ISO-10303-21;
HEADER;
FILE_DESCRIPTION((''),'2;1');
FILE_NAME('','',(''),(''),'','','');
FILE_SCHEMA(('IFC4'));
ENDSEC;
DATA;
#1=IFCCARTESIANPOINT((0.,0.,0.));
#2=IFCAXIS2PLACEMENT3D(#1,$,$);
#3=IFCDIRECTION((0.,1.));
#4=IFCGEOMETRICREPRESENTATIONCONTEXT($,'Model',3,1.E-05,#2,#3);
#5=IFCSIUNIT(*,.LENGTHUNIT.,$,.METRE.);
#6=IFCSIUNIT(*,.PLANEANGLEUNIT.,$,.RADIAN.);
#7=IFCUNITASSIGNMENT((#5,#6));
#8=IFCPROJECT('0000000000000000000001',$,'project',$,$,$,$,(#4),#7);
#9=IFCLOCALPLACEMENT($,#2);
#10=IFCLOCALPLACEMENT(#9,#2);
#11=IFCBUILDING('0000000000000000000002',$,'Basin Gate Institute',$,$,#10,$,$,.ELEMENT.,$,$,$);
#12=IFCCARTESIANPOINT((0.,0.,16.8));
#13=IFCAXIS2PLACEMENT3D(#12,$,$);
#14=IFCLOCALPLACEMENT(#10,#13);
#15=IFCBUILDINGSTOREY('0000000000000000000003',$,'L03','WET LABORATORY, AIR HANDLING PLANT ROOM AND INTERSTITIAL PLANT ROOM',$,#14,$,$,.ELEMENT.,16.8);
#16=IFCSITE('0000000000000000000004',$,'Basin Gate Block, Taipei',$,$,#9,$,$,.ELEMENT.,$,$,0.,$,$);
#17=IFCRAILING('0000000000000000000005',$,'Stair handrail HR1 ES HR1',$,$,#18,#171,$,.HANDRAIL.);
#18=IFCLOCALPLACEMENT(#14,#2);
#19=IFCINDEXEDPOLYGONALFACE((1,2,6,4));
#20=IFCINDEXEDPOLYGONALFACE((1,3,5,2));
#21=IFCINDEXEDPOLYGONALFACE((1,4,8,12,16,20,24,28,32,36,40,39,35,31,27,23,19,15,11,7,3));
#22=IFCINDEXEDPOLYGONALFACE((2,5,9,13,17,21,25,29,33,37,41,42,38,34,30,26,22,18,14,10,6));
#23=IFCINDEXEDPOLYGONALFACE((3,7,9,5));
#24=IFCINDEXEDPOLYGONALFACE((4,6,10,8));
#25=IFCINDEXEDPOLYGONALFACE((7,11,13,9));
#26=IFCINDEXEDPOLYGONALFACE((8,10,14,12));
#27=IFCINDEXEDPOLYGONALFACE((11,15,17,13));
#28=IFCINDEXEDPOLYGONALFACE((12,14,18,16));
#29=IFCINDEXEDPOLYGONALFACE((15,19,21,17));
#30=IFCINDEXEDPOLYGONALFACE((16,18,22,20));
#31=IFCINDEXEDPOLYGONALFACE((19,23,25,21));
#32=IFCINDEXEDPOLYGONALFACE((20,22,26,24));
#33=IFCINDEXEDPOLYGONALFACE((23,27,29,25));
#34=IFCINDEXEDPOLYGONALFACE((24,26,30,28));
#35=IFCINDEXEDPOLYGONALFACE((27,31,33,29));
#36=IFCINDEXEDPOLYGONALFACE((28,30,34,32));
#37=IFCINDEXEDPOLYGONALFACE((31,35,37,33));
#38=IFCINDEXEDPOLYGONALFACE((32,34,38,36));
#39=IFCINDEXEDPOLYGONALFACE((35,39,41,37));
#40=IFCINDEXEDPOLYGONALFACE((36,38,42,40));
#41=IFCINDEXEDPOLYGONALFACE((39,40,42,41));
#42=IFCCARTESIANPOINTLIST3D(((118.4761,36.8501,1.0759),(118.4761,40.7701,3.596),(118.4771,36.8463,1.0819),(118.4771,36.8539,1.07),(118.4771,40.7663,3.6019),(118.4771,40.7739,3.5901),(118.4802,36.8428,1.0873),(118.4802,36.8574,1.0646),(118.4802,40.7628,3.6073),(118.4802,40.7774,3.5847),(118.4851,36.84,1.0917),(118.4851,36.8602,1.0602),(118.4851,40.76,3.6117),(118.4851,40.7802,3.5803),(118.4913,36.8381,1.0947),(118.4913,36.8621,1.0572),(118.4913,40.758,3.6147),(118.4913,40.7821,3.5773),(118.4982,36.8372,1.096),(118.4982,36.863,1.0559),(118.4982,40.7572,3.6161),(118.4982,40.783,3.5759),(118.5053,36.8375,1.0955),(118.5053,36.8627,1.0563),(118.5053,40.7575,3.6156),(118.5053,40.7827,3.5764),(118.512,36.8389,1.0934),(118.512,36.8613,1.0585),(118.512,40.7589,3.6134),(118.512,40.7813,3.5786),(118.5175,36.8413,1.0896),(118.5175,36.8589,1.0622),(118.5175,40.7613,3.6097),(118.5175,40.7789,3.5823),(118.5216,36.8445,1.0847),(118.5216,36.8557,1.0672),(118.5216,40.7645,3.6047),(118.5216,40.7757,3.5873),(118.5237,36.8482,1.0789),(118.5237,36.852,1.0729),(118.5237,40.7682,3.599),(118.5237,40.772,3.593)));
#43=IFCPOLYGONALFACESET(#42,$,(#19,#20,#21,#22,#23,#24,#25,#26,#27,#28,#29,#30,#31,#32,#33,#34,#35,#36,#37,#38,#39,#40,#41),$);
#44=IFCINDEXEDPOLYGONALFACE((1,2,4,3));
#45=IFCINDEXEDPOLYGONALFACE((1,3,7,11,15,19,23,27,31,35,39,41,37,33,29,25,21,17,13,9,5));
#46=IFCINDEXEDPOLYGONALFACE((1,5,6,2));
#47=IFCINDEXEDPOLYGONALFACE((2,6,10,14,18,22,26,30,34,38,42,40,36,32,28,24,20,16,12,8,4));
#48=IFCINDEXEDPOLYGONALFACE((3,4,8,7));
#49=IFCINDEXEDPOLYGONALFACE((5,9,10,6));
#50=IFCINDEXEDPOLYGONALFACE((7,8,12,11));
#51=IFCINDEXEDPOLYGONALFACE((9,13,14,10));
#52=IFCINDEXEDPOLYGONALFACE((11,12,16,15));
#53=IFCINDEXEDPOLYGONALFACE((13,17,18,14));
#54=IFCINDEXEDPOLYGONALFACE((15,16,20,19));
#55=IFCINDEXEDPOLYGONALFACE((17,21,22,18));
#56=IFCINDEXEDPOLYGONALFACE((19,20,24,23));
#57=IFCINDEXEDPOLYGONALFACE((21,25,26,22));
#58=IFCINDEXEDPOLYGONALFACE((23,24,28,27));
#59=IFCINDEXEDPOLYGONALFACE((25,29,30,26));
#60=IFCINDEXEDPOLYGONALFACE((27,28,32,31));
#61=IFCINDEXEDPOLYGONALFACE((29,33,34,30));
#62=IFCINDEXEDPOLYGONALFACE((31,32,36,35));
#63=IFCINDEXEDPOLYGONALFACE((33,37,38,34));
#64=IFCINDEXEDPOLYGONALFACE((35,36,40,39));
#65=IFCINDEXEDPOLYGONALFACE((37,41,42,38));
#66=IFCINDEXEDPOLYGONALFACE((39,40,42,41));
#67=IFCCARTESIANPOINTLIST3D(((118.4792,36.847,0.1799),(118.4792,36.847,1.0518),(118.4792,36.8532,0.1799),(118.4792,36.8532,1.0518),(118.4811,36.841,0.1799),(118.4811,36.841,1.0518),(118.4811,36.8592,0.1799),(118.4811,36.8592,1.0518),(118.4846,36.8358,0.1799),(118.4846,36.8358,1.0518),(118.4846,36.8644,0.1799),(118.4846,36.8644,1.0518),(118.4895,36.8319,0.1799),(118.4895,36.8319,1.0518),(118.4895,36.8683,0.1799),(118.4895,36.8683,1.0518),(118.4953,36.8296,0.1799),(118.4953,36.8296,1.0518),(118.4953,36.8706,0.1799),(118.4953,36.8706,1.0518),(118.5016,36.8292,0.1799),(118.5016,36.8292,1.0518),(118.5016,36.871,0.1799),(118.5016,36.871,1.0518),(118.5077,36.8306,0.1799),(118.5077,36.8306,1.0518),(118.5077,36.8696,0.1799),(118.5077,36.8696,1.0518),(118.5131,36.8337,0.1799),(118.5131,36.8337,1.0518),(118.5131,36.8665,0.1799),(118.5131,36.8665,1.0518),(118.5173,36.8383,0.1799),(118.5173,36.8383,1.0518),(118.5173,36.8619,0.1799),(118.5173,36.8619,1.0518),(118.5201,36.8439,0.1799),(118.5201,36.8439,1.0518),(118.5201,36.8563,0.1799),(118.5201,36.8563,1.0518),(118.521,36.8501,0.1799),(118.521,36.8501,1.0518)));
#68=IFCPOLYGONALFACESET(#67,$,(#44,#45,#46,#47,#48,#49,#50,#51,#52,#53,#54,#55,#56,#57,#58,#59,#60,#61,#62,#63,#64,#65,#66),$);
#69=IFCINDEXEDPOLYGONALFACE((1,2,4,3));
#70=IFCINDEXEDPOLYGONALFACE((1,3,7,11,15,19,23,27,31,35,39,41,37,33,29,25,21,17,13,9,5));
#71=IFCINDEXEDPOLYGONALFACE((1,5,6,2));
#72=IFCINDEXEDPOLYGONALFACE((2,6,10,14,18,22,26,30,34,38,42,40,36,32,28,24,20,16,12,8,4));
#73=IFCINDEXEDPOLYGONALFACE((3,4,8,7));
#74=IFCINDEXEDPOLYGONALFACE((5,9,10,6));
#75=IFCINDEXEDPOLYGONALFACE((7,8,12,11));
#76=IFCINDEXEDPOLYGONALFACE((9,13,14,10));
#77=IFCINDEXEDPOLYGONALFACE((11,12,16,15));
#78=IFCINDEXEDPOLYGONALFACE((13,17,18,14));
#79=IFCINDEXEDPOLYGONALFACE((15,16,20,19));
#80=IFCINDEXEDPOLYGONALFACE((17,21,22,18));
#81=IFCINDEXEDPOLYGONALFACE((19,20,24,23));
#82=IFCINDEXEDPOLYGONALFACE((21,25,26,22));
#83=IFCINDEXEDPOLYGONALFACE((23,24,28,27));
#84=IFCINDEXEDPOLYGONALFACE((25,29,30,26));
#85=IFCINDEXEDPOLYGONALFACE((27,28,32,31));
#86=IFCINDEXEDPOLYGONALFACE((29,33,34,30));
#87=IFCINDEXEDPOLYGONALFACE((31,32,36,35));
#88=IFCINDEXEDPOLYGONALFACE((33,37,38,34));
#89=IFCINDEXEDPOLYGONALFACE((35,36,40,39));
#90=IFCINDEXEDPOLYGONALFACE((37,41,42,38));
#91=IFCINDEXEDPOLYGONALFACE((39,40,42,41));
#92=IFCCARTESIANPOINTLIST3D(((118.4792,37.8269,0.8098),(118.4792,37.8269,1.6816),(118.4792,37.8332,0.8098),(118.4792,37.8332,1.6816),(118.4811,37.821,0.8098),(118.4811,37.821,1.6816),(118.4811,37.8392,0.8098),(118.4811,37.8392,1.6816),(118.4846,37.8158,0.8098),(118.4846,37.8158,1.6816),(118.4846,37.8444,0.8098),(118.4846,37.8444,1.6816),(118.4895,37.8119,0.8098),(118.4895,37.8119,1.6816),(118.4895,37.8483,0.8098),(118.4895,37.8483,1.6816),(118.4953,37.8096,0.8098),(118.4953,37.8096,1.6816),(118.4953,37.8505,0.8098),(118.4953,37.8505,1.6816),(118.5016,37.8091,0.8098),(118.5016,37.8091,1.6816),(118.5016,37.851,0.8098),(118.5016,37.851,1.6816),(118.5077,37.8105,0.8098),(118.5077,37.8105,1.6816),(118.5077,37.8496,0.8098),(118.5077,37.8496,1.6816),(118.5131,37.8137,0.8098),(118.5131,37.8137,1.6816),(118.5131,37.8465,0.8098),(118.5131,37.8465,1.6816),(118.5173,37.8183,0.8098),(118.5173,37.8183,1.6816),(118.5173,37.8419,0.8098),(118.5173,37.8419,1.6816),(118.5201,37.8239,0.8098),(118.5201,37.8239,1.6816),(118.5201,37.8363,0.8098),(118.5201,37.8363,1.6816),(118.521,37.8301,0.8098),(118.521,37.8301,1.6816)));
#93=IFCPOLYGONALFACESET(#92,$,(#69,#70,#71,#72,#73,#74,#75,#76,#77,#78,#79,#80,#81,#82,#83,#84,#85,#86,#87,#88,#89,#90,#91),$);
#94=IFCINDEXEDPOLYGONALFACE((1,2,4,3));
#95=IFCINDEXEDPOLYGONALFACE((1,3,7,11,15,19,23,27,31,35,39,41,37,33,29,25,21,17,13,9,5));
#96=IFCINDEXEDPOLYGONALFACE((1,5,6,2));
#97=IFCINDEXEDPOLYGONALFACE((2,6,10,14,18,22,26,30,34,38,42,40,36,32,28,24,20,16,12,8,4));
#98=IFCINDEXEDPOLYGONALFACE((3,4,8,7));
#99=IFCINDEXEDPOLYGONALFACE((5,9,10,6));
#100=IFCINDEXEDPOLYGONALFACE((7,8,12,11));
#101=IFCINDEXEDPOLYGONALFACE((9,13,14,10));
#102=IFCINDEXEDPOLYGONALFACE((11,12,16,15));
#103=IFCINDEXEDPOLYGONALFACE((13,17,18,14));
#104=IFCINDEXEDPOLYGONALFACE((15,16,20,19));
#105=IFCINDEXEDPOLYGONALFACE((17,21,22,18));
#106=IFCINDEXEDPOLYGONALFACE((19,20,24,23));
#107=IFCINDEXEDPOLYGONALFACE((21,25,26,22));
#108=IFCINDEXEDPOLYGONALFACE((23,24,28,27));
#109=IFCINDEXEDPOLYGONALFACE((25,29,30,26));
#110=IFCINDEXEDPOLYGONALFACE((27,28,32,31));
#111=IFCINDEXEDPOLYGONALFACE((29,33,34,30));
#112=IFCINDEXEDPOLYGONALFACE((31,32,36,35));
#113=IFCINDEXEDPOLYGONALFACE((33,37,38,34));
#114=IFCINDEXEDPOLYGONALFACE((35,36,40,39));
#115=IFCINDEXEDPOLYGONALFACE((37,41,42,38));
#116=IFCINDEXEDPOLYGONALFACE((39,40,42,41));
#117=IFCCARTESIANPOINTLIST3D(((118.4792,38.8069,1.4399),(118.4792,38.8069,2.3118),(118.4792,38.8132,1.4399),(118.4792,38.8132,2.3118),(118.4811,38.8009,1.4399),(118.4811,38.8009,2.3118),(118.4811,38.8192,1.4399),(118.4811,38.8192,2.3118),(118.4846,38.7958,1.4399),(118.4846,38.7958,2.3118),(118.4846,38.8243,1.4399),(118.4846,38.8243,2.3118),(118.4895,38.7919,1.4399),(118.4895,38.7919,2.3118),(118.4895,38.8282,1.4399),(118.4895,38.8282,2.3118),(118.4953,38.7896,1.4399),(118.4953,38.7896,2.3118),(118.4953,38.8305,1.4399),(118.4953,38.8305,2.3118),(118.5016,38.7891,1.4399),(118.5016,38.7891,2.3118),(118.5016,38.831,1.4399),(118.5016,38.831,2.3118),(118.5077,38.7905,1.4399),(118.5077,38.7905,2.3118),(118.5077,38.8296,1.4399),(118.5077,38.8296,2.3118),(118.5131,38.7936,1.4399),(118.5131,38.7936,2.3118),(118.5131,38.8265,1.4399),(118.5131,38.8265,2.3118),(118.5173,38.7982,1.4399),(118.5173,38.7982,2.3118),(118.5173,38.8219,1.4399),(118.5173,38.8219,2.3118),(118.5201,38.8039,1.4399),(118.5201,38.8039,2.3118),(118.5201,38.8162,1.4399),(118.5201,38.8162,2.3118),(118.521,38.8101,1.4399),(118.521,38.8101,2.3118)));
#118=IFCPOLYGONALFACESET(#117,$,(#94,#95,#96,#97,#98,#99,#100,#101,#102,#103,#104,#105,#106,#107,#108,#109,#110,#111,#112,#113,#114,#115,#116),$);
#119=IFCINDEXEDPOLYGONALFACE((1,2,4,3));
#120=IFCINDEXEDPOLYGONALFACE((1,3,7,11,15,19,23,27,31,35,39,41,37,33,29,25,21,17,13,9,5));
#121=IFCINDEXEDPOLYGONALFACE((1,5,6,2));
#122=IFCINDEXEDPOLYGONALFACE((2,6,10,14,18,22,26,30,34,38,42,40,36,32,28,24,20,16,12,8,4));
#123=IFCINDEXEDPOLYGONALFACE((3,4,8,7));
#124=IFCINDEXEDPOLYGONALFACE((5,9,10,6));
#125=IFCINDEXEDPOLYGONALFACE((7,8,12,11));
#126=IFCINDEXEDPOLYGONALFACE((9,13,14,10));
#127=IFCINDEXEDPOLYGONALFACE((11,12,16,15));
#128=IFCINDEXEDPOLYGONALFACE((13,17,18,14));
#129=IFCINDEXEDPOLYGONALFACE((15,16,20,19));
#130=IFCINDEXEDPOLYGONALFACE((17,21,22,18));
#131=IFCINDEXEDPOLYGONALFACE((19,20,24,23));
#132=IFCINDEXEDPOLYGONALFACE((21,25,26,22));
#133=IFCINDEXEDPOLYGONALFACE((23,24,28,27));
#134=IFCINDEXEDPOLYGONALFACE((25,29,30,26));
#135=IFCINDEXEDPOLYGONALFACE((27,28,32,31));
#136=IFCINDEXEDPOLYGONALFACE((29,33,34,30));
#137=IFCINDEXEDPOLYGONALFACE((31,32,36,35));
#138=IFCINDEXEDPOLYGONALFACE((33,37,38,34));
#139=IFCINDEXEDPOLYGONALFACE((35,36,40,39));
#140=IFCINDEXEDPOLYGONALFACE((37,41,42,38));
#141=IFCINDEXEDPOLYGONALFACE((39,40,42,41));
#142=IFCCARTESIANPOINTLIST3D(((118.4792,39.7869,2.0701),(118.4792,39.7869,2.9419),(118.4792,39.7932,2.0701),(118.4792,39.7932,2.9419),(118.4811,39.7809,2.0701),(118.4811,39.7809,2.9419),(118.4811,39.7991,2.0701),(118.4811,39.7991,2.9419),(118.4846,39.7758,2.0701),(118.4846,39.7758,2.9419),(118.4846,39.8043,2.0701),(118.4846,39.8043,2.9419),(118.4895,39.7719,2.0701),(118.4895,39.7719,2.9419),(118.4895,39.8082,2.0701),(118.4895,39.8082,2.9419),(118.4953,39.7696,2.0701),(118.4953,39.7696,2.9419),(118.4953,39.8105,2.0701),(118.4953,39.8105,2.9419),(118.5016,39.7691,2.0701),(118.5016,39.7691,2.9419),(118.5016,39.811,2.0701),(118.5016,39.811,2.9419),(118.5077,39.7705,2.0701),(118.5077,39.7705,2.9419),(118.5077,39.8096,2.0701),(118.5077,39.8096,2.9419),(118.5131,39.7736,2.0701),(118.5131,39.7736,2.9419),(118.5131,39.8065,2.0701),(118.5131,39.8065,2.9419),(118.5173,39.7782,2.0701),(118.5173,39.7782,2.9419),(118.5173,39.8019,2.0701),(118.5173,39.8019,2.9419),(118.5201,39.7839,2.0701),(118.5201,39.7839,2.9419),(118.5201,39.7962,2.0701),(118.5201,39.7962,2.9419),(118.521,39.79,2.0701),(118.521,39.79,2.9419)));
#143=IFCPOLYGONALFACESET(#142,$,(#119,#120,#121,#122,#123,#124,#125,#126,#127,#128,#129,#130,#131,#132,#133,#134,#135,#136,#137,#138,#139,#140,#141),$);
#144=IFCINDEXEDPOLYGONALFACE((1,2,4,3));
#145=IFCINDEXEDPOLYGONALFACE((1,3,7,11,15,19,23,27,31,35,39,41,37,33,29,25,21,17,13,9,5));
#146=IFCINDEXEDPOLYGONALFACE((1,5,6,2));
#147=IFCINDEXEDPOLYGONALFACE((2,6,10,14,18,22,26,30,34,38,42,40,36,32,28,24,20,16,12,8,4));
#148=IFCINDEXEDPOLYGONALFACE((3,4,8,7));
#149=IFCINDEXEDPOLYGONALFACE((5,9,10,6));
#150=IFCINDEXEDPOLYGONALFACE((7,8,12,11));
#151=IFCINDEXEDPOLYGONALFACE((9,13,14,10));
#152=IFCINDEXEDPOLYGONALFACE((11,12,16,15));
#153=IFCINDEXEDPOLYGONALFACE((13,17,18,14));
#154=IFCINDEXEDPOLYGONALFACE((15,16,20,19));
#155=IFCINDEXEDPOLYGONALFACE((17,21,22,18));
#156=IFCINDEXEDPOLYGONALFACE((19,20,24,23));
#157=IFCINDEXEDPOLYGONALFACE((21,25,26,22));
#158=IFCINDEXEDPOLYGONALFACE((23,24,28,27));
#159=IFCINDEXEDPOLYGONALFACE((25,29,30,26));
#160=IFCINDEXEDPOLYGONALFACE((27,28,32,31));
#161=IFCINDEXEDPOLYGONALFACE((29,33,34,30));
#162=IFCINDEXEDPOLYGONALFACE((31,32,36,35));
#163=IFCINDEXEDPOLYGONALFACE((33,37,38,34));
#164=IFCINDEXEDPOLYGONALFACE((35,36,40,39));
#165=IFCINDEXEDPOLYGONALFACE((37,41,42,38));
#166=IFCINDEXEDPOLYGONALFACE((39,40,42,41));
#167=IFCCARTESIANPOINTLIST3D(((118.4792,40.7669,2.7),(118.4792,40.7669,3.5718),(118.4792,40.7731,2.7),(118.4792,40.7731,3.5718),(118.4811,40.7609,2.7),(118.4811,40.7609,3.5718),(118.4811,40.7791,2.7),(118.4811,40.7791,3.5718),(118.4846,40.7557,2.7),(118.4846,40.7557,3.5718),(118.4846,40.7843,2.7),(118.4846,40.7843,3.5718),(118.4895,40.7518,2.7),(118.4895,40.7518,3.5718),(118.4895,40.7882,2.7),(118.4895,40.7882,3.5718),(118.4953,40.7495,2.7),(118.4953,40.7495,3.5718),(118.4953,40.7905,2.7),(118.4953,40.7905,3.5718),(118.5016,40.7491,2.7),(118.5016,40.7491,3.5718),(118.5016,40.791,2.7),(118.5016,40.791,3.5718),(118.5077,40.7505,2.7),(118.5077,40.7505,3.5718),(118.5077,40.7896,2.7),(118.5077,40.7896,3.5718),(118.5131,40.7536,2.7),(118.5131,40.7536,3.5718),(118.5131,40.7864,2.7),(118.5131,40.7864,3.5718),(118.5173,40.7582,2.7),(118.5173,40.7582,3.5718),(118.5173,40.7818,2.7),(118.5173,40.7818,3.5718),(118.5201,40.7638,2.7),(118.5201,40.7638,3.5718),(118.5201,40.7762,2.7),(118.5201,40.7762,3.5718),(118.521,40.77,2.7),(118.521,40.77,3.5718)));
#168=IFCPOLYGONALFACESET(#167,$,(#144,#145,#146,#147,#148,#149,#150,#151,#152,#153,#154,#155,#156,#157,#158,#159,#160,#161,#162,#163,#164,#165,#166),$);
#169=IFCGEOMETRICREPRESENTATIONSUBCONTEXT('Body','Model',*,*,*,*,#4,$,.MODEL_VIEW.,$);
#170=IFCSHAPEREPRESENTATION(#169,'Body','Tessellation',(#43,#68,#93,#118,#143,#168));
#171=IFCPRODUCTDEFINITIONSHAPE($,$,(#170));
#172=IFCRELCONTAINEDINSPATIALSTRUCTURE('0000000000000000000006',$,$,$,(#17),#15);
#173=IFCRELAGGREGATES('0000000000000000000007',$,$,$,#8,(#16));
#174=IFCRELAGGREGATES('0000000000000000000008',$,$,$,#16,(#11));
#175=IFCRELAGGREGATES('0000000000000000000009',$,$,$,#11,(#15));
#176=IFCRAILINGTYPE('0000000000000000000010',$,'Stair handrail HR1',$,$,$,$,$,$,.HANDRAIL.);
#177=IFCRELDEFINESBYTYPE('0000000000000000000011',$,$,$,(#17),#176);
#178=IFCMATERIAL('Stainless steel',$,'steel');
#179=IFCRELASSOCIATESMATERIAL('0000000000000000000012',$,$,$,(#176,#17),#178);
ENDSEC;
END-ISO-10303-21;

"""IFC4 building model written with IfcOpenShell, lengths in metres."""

from ifc_helpers import new_model, si_unit, direction, frame, origin, origin_2d, place, context, subcontext, project, spatial, circle, extrude, material, type_object, element, save


model = new_model("IFC4")

# Units and contexts
model_context = context("Model", 3, precision=1e-05, world=origin(), true_north=direction((0.0, 1.0)))
body_context = subcontext(model_context, "Body", "Model", "MODEL_VIEW")
ifc_project = project(units=[si_unit("LENGTHUNIT", "METRE"), si_unit("PLANEANGLEUNIT", "RADIAN")], contexts=[model_context])

# Site, building, storey
site_placement = place(None, origin())
site = spatial("IfcSite", under=ifc_project, at=site_placement, Name="Basin Gate Block, Taipei", CompositionType="ELEMENT", RefElevation=0.0)
building_placement = place(site_placement, origin())
building = spatial("IfcBuilding", under=site, at=building_placement, Name="Basin Gate Institute", CompositionType="ELEMENT")
storey_placement = place(building_placement, frame((0.0, 0.0, 16.8)))
storey = spatial("IfcBuildingStorey", under=building, at=storey_placement, Name="L03", Description="WET LABORATORY, AIR HANDLING PLANT ROOM AND INTERSTITIAL PLANT ROOM", CompositionType="ELEMENT", Elevation=16.8)

# Railing
ifc_material_1 = material(Name="Stainless steel", Category="steel")
railing_type_1 = type_object("IfcRailingType", Name="Stair handrail HR1", PredefinedType="HANDRAIL", material=ifc_material_1)
for number, where, name in (
    (1, (118.5, 36.8501, 0.1799), "Stair handrail HR1 ES HR1"),
):
    element("IfcRailing", number, at=place(storey_placement, frame(where)), inside=storey, type_object=railing_type_1, material=ifc_material_1, Name=name, PredefinedType="HANDRAIL", context=body_context, shape_type="SweptSolid", body=[
        extrude(circle(Radius=0.0239, at=origin_2d()), frame((0.0, 0.0, 0.896), z_axis=(0.0, 0.841172, 0.540768), x_axis=(-1.0, 0.0, 0.0)), (0.0, 0.0, 1.0), 4.6602),
        extrude(circle(Radius=0.021, at=origin_2d()), origin(), (0.0, 0.0, 1.0), 0.8718),
        extrude(circle(Radius=0.021, at=origin_2d()), frame((0.0, 0.98, 0.6299)), (0.0, 0.0, 1.0), 0.8718),
        extrude(circle(Radius=0.021, at=origin_2d()), frame((0.0, 1.96, 1.26)), (0.0, 0.0, 1.0), 0.8718),
        extrude(circle(Radius=0.021, at=origin_2d()), frame((0.0, 2.9399, 1.8901)), (0.0, 0.0, 1.0), 0.8718),
        extrude(circle(Radius=0.021, at=origin_2d()), frame((0.0, 3.9199, 2.52)), (0.0, 0.0, 1.0), 0.8718),
    ])

save(model, "model.ifc")
